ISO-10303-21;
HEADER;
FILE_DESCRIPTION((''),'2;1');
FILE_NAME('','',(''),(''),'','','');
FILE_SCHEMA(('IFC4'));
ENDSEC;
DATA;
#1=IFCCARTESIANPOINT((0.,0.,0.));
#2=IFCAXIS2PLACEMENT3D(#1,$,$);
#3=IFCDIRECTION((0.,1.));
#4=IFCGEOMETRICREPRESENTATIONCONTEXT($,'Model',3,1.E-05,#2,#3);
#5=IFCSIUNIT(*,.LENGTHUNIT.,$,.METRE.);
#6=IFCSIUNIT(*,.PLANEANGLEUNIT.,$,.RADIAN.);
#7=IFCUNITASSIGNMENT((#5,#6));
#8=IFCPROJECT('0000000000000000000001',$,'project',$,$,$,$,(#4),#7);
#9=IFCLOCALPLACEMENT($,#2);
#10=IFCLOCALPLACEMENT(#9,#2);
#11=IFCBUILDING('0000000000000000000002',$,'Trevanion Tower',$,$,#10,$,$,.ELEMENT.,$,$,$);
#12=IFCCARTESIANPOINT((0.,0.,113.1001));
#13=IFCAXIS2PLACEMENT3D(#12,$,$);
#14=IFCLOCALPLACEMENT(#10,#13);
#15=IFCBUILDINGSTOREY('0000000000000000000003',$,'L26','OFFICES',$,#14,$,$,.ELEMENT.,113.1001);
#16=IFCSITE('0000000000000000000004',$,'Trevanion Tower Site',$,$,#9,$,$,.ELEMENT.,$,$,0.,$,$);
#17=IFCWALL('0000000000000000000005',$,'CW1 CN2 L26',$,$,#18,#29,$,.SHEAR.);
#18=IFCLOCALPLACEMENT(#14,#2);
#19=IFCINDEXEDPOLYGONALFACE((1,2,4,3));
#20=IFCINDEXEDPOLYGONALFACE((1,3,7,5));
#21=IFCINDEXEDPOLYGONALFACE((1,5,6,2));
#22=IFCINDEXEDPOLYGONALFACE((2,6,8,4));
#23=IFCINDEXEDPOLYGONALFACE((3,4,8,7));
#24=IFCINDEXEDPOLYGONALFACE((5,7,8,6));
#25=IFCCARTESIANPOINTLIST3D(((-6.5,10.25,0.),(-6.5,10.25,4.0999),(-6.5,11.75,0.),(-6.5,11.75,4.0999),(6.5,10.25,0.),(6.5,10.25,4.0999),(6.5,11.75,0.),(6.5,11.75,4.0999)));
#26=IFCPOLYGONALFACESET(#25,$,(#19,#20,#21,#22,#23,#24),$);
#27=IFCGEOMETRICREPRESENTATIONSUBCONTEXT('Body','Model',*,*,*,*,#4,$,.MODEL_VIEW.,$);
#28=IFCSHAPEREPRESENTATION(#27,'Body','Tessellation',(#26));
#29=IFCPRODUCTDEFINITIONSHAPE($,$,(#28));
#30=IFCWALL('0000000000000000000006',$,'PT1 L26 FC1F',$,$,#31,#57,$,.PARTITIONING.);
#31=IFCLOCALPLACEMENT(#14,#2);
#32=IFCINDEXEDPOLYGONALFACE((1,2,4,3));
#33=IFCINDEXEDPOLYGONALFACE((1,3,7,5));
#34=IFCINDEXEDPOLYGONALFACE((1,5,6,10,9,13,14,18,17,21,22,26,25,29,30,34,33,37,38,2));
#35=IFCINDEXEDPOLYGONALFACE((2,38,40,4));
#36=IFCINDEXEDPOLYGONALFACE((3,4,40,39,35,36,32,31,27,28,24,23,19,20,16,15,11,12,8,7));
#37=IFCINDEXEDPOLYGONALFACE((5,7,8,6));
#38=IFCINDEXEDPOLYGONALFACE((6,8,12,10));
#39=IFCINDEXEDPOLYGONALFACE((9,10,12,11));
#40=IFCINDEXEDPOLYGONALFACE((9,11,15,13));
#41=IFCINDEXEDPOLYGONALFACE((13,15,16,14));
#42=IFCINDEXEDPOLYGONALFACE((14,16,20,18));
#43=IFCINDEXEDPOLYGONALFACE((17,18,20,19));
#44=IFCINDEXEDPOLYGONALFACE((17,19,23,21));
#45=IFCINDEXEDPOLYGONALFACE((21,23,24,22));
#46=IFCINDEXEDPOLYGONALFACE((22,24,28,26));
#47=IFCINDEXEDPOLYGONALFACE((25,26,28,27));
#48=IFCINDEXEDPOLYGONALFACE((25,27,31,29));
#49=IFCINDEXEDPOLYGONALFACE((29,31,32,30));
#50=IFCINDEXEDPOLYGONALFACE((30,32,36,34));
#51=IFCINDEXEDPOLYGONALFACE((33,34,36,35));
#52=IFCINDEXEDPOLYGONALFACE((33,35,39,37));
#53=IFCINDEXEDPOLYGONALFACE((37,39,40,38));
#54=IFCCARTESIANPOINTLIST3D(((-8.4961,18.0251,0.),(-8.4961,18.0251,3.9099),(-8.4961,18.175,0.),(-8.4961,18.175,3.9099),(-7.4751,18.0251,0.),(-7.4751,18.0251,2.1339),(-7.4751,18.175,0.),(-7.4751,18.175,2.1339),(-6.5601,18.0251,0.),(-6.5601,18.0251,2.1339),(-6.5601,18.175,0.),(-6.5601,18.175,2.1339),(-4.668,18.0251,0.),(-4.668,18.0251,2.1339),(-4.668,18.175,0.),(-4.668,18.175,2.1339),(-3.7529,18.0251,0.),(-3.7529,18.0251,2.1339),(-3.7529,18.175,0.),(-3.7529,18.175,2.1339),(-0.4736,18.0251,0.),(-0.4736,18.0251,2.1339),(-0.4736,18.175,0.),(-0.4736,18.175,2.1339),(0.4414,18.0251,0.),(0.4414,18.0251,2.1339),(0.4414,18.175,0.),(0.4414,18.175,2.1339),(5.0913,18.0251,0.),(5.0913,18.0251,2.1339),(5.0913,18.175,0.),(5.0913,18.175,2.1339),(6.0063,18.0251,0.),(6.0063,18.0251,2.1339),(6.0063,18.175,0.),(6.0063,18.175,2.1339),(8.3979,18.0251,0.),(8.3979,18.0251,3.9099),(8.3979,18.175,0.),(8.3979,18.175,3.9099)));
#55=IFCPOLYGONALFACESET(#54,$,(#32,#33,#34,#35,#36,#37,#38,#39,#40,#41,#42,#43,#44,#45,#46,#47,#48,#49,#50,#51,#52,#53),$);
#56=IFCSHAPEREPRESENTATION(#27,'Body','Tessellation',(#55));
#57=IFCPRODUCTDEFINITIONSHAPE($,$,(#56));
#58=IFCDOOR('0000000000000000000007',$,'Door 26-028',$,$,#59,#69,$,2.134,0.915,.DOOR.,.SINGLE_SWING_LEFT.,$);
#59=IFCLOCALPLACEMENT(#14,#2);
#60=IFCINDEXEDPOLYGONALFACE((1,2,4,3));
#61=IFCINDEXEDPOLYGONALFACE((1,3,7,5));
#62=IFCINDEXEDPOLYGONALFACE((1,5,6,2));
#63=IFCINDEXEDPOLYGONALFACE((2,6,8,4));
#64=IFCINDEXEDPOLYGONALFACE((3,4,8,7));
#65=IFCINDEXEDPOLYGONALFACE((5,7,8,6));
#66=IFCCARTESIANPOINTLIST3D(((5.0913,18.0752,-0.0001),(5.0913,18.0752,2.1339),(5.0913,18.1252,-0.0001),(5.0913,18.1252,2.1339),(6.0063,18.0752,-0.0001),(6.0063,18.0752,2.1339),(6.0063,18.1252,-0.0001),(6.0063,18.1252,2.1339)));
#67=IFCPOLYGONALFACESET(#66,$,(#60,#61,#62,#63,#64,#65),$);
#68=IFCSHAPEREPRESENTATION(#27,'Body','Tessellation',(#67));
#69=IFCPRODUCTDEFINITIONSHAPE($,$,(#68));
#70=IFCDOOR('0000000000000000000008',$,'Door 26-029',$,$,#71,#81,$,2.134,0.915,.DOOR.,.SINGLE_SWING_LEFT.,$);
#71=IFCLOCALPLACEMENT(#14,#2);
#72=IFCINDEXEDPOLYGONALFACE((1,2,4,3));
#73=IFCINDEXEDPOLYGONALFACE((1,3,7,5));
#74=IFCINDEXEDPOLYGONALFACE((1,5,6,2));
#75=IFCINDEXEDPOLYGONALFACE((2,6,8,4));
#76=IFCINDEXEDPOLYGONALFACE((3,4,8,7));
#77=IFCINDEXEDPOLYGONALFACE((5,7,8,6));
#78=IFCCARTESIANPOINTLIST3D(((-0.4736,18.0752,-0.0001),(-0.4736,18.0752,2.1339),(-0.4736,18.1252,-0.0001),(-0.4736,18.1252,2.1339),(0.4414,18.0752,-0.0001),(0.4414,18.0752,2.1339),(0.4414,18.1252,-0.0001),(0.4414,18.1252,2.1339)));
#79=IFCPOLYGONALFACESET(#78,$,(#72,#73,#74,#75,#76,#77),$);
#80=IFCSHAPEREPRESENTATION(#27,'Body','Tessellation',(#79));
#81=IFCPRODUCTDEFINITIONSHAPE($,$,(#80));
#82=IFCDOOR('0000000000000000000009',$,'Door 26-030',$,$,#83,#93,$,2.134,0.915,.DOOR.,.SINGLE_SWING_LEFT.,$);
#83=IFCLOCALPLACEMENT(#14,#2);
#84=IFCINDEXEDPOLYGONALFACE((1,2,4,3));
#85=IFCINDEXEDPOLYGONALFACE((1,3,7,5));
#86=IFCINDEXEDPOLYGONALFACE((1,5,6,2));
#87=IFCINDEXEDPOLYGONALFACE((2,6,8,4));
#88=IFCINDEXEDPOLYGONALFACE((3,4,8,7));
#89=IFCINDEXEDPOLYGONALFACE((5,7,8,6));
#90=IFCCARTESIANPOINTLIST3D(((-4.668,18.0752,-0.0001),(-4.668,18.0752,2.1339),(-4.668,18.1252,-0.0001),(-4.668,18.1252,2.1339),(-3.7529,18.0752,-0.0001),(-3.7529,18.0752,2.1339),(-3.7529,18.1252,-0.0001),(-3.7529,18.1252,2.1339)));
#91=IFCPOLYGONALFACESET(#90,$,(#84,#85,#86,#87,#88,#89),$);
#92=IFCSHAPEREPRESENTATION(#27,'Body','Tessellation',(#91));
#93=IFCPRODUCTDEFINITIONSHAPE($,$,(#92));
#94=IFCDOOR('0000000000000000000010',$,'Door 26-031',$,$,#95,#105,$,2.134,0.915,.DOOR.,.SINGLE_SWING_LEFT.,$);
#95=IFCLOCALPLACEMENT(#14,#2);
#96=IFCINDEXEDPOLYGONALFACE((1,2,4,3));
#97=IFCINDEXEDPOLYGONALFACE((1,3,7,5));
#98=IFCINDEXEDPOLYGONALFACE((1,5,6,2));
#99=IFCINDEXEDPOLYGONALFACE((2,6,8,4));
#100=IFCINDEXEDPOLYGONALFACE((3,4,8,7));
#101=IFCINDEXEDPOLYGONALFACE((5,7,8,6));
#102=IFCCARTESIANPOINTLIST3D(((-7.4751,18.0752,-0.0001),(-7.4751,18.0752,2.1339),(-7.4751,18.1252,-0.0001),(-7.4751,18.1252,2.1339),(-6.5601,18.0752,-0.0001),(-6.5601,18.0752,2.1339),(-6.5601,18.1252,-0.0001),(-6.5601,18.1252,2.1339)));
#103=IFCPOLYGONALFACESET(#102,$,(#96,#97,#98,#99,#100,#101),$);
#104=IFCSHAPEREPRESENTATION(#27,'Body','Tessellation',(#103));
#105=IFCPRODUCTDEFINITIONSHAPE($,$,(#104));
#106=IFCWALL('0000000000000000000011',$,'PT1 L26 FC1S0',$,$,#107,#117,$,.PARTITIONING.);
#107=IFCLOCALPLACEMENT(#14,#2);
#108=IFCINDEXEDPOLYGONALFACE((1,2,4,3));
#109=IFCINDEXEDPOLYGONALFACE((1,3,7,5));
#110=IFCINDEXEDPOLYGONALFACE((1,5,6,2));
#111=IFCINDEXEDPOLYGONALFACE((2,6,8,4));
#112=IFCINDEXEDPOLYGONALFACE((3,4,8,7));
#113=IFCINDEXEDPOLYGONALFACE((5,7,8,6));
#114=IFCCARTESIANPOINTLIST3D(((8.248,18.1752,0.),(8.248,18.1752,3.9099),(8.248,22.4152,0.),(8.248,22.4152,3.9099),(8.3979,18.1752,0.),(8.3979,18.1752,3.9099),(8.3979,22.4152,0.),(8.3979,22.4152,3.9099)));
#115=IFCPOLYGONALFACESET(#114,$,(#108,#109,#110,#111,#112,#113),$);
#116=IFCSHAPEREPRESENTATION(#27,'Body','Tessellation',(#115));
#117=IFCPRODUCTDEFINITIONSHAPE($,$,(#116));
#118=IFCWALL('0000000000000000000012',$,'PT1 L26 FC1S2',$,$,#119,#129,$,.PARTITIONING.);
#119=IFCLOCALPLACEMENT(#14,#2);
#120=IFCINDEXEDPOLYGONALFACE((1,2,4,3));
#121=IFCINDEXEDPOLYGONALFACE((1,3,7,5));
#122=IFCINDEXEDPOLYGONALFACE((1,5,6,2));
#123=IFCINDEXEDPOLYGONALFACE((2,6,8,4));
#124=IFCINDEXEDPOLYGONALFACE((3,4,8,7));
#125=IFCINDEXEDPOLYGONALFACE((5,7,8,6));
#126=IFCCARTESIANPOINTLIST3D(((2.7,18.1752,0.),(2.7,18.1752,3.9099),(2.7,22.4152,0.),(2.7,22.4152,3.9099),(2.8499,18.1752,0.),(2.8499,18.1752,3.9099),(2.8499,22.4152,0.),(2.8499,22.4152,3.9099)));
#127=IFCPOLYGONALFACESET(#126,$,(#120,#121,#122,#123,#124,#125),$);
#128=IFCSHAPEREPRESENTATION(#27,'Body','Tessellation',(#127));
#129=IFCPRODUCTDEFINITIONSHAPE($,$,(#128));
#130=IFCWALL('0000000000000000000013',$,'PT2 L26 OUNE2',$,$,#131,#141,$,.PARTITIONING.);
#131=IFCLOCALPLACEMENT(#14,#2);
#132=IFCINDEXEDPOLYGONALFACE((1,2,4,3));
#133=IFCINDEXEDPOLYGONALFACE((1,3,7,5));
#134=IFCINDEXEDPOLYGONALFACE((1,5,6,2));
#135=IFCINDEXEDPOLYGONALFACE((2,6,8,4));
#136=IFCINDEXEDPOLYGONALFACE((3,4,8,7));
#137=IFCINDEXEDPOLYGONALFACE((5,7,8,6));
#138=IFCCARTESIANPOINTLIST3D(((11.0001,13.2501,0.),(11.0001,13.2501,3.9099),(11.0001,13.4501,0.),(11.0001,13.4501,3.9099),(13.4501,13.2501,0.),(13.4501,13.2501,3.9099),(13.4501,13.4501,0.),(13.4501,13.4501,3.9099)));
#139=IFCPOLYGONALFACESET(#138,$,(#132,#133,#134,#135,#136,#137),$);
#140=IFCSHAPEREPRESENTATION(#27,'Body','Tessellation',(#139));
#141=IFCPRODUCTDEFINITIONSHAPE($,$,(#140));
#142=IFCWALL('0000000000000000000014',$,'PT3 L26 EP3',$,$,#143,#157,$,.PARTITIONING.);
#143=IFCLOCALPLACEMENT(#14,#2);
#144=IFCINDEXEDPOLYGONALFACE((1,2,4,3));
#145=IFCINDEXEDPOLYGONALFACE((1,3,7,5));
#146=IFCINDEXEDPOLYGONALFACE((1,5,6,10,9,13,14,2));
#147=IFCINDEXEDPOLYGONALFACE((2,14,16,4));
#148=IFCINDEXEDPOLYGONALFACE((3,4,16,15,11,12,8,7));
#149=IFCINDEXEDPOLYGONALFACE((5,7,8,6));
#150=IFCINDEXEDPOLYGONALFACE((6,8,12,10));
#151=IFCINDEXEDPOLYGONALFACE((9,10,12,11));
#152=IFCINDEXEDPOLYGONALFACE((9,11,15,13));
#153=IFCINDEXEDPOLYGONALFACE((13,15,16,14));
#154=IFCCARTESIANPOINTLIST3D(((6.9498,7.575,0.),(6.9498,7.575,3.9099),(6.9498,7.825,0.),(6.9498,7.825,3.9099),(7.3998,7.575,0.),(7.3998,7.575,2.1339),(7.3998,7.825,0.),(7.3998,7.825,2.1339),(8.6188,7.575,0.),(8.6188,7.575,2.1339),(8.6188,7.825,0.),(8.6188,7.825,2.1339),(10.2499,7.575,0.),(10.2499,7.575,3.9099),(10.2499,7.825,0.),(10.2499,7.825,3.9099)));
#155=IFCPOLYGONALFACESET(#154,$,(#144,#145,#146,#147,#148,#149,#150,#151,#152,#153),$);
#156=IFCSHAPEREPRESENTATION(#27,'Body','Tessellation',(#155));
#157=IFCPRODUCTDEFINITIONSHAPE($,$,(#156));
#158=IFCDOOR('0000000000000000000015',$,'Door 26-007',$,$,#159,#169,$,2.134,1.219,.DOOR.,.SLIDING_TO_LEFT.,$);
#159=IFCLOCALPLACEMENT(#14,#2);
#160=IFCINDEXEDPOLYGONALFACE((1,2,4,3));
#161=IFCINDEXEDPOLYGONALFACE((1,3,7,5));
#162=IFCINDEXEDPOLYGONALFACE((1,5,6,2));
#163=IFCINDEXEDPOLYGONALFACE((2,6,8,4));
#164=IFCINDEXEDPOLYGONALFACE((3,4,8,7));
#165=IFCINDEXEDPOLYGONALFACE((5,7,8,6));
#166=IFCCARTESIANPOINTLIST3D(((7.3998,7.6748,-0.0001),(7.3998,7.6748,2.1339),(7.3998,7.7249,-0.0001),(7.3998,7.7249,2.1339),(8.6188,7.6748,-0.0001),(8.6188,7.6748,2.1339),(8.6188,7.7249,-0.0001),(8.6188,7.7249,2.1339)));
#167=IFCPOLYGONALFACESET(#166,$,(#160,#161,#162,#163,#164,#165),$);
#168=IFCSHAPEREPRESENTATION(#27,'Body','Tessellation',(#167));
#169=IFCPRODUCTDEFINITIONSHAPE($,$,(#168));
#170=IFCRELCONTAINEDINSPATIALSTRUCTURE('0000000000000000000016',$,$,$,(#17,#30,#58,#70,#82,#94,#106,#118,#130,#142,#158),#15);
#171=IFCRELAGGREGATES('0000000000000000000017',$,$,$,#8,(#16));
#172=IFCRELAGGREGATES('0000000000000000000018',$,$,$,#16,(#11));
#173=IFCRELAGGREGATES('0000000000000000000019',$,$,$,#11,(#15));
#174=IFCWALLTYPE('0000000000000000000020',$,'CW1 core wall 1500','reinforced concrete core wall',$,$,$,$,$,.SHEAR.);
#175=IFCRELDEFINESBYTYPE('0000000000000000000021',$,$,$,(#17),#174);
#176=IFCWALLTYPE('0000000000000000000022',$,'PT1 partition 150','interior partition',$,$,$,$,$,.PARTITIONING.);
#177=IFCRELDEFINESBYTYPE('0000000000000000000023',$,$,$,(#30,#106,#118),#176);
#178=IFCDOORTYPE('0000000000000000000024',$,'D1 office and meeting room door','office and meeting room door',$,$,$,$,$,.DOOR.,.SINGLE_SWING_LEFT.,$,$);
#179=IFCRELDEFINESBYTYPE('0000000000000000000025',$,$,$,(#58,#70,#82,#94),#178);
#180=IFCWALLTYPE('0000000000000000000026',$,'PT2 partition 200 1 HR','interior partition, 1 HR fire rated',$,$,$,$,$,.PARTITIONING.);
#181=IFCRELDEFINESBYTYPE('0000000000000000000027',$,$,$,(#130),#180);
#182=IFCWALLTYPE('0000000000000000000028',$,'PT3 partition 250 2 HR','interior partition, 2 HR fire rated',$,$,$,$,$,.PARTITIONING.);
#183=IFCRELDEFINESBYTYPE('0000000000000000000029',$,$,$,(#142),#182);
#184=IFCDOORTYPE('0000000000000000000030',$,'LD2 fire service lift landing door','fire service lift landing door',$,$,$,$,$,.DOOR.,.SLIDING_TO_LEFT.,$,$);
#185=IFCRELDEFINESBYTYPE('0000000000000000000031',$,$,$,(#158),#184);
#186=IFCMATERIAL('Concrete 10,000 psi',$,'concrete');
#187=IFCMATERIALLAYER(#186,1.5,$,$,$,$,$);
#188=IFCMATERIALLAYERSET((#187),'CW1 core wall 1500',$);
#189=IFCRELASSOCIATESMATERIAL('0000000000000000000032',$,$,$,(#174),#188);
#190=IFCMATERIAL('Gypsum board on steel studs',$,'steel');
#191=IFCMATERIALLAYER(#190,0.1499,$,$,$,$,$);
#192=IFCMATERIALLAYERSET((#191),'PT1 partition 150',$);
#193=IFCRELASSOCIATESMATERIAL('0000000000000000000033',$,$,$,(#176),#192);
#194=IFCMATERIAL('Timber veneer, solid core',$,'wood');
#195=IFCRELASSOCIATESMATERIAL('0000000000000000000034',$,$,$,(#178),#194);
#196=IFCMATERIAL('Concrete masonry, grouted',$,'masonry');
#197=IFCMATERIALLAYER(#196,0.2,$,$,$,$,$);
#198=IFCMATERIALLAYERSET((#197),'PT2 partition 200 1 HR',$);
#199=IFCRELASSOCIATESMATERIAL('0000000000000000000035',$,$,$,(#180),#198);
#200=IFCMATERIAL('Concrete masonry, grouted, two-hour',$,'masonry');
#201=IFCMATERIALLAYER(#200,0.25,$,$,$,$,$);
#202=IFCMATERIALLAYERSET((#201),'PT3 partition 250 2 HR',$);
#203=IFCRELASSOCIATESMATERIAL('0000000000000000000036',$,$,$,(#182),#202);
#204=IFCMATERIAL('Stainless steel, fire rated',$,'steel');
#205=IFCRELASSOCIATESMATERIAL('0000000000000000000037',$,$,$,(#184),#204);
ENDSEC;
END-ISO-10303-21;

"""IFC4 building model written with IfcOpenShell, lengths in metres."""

from ifc_helpers import new_model, si_unit, direction, frame, frame_2d, origin, place, context, subcontext, project, spatial, rectangle, extrude, material, layer, layer_set, type_object, element, fill, save


model = new_model("IFC4")

# Units and contexts
model_context = context("Model", 3, precision=1e-05, world=origin(), true_north=direction((0.0, 1.0)))
body_context = subcontext(model_context, "Body", "Model", "MODEL_VIEW")
ifc_project = project(units=[si_unit("LENGTHUNIT", "METRE"), si_unit("PLANEANGLEUNIT", "RADIAN")], contexts=[model_context])

# Site, building, storey
site_placement = place(None, origin())
site = spatial("IfcSite", under=ifc_project, at=site_placement, Name="Trevanion Tower Site", CompositionType="ELEMENT", RefElevation=0.0)
building_placement = place(site_placement, origin())
building = spatial("IfcBuilding", under=site, at=building_placement, Name="Trevanion Tower", CompositionType="ELEMENT")
storey_placement = place(building_placement, frame((0.0, 0.0, 113.1001)))
storey = spatial("IfcBuildingStorey", under=building, at=storey_placement, Name="L26", Description="OFFICES", CompositionType="ELEMENT", Elevation=113.1001)

# Wall
ifc_material_1 = material(Name="Concrete 10,000 psi", Category="concrete")
ifc_layer_1 = layer(ifc_material_1, 1.5)
ifc_layer_set_1 = layer_set([ifc_layer_1], Name="CW1 core wall 1500")
wall_type_1 = type_object("IfcWallType", Name="CW1 core wall 1500", Description="reinforced concrete core wall", PredefinedType="SHEAR", material=ifc_layer_set_1)
wall_1_placement = place(storey_placement, frame((6.5, 11.0, 0.0), z_axis=(0.0, 0.0, 1.0), x_axis=(-1.0, 0.0, 0.0)))
element("IfcWall", 1, at=wall_1_placement, inside=storey, type_object=wall_type_1, Name="CW1 CN2 L26", PredefinedType="SHEAR", context=body_context, shape_type="SweptSolid", body=[
    extrude(rectangle(XDim=13.0, YDim=1.5, at=frame_2d((6.5, 0.0))), origin(), (0.0, 0.0, 1.0), 4.0999),
])

# Wall, openings, doors
ifc_material_2 = material(Name="Gypsum board on steel studs", Category="steel")
ifc_layer_2 = layer(ifc_material_2, 0.1499)
ifc_layer_set_2 = layer_set([ifc_layer_2], Name="PT1 partition 150")
wall_type_2 = type_object("IfcWallType", Name="PT1 partition 150", Description="interior partition", PredefinedType="PARTITIONING", material=ifc_layer_set_2)
wall_2_placement = place(storey_placement, frame((8.3979, 18.1001, 0.0), z_axis=(0.0, 0.0, 1.0), x_axis=(-1.0, 0.0, 0.0)))
wall_2 = element("IfcWall", 2, at=wall_2_placement, inside=storey, type_object=wall_type_2, Name="PT1 L26 FC1F", PredefinedType="PARTITIONING", context=body_context, shape_type="SweptSolid", body=[
    extrude(rectangle(XDim=16.894, YDim=0.1499, at=frame_2d((8.447, 0.0))), origin(), (0.0, 0.0, 1.0), 3.9099),
])
opening_1_placement = place(wall_2_placement, frame((2.3916, 0.0, 0.0)))
opening_1 = element("IfcOpeningElement", 3, at=opening_1_placement, cuts=wall_2, PredefinedType="OPENING", context=body_context, shape_type="SweptSolid", body=[
    extrude(rectangle(XDim=0.915, YDim=2.134, at=frame_2d((0.4575, 1.0669))), frame((0.0, 0.085, 0.0), z_axis=(0.0, -1.0, 0.0), x_axis=(1.0, 0.0, 0.0)), (0.0, 0.0, 1.0), 0.1699),
])
opening_2_placement = place(wall_2_placement, frame((7.9565, 0.0, 0.0)))
opening_2 = element("IfcOpeningElement", 4, at=opening_2_placement, cuts=wall_2, PredefinedType="OPENING", context=body_context, shape_type="SweptSolid", body=[
    extrude(rectangle(XDim=0.915, YDim=2.134, at=frame_2d((0.4575, 1.0669))), frame((0.0, 0.085, 0.0), z_axis=(0.0, -1.0, 0.0), x_axis=(1.0, 0.0, 0.0)), (0.0, 0.0, 1.0), 0.1699),
])
opening_3_placement = place(wall_2_placement, frame((12.1509, 0.0, 0.0)))
opening_3 = element("IfcOpeningElement", 5, at=opening_3_placement, cuts=wall_2, PredefinedType="OPENING", context=body_context, shape_type="SweptSolid", body=[
    extrude(rectangle(XDim=0.915, YDim=2.134, at=frame_2d((0.4575, 1.0669))), frame((0.0, 0.085, 0.0), z_axis=(0.0, -1.0, 0.0), x_axis=(1.0, 0.0, 0.0)), (0.0, 0.0, 1.0), 0.1699),
])
opening_4_placement = place(wall_2_placement, frame((14.958, 0.0, 0.0)))
opening_4 = element("IfcOpeningElement", 6, at=opening_4_placement, cuts=wall_2, PredefinedType="OPENING", context=body_context, shape_type="SweptSolid", body=[
    extrude(rectangle(XDim=0.915, YDim=2.134, at=frame_2d((0.4575, 1.0669))), frame((0.0, 0.085, 0.0), z_axis=(0.0, -1.0, 0.0), x_axis=(1.0, 0.0, 0.0)), (0.0, 0.0, 1.0), 0.1699),
])
ifc_material_3 = material(Name="Timber veneer, solid core", Category="wood")
door_type_1 = type_object("IfcDoorType", Name="D1 office and meeting room door", Description="office and meeting room door", OperationType="SINGLE_SWING_LEFT", PredefinedType="DOOR", material=ifc_material_3)
door_1_placement = place(opening_1_placement, origin())
door_1 = element("IfcDoor", 7, at=door_1_placement, inside=storey, type_object=door_type_1, Name="Door 26-028", OperationType="SINGLE_SWING_LEFT", OverallHeight=2.134, OverallWidth=0.915, PredefinedType="DOOR", context=body_context, shape_type="SweptSolid", body=[
    extrude(rectangle(XDim=0.915, YDim=2.134, at=frame_2d((0.4575, 1.0669))), frame((0.0, 0.0249, 0.0), z_axis=(0.0, -1.0, 0.0), x_axis=(1.0, 0.0, 0.0)), (0.0, 0.0, 1.0), 0.05),
])
fill(opening_1, door_1)
door_2_placement = place(opening_2_placement, origin())
door_2 = element("IfcDoor", 8, at=door_2_placement, inside=storey, type_object=door_type_1, Name="Door 26-029", OperationType="SINGLE_SWING_LEFT", OverallHeight=2.134, OverallWidth=0.915, PredefinedType="DOOR", context=body_context, shape_type="SweptSolid", body=[
    extrude(rectangle(XDim=0.915, YDim=2.134, at=frame_2d((0.4575, 1.0669))), frame((0.0, 0.0249, 0.0), z_axis=(0.0, -1.0, 0.0), x_axis=(1.0, 0.0, 0.0)), (0.0, 0.0, 1.0), 0.05),
])
fill(opening_2, door_2)
door_3_placement = place(opening_3_placement, origin())
door_3 = element("IfcDoor", 9, at=door_3_placement, inside=storey, type_object=door_type_1, Name="Door 26-030", OperationType="SINGLE_SWING_LEFT", OverallHeight=2.134, OverallWidth=0.915, PredefinedType="DOOR", context=body_context, shape_type="SweptSolid", body=[
    extrude(rectangle(XDim=0.915, YDim=2.134, at=frame_2d((0.4575, 1.0669))), frame((0.0, 0.0249, 0.0), z_axis=(0.0, -1.0, 0.0), x_axis=(1.0, 0.0, 0.0)), (0.0, 0.0, 1.0), 0.05),
])
fill(opening_3, door_3)
door_4_placement = place(opening_4_placement, origin())
door_4 = element("IfcDoor", 10, at=door_4_placement, inside=storey, type_object=door_type_1, Name="Door 26-031", OperationType="SINGLE_SWING_LEFT", OverallHeight=2.134, OverallWidth=0.915, PredefinedType="DOOR", context=body_context, shape_type="SweptSolid", body=[
    extrude(rectangle(XDim=0.915, YDim=2.134, at=frame_2d((0.4575, 1.0669))), frame((0.0, 0.0249, 0.0), z_axis=(0.0, -1.0, 0.0), x_axis=(1.0, 0.0, 0.0)), (0.0, 0.0, 1.0), 0.05),
])
fill(opening_4, door_4)

# Walls
for number, where, z_axis, x_axis, name in (
    (11, (8.323, 18.175, 0.0), (0.0, 0.0, 1.0), (0.0, 1.0, 0.0), "PT1 L26 FC1S0"),
    (12, (2.7749, 18.175, 0.0), (0.0, 0.0, 1.0), (0.0, 1.0, 0.0), "PT1 L26 FC1S2"),
):
    element("IfcWall", number, at=place(storey_placement, frame(where, z_axis=z_axis, x_axis=x_axis)), inside=storey, type_object=wall_type_2, Name=name, PredefinedType="PARTITIONING", context=body_context, shape_type="SweptSolid", body=[
        extrude(rectangle(XDim=4.24, YDim=0.1499, at=frame_2d((2.1201, 0.0))), origin(), (0.0, 0.0, 1.0), 3.9099),
    ])
ifc_material_4 = material(Name="Concrete masonry, grouted", Category="masonry")
ifc_layer_3 = layer(ifc_material_4, 0.2)
ifc_layer_set_3 = layer_set([ifc_layer_3], Name="PT2 partition 200 1 HR")
wall_type_3 = type_object("IfcWallType", Name="PT2 partition 200 1 HR", Description="interior partition, 1 HR fire rated", PredefinedType="PARTITIONING", material=ifc_layer_set_3)
wall_3_placement = place(storey_placement, frame((11.0, 13.3501, 0.0), z_axis=(0.0, 0.0, 1.0), x_axis=(1.0, 0.0, 0.0)))
element("IfcWall", 13, at=wall_3_placement, inside=storey, type_object=wall_type_3, Name="PT2 L26 OUNE2", PredefinedType="PARTITIONING", context=body_context, shape_type="SweptSolid", body=[
    extrude(rectangle(XDim=2.45, YDim=0.2, at=frame_2d((1.2251, 0.0))), origin(), (0.0, 0.0, 1.0), 3.9099),
])

# Wall, opening, door
ifc_material_5 = material(Name="Concrete masonry, grouted, two-hour", Category="masonry")
ifc_layer_4 = layer(ifc_material_5, 0.25)
ifc_layer_set_4 = layer_set([ifc_layer_4], Name="PT3 partition 250 2 HR")
wall_type_4 = type_object("IfcWallType", Name="PT3 partition 250 2 HR", Description="interior partition, 2 HR fire rated", PredefinedType="PARTITIONING", material=ifc_layer_set_4)
wall_4_placement = place(storey_placement, frame((6.95, 7.7, 0.0), z_axis=(0.0, 0.0, 1.0), x_axis=(1.0, 0.0, 0.0)))
wall_4 = element("IfcWall", 14, at=wall_4_placement, inside=storey, type_object=wall_type_4, Name="PT3 L26 EP3", PredefinedType="PARTITIONING", context=body_context, shape_type="SweptSolid", body=[
    extrude(rectangle(XDim=3.3, YDim=0.25, at=frame_2d((1.6499, 0.0))), origin(), (0.0, 0.0, 1.0), 3.9099),
])
opening_5_placement = place(wall_4_placement, frame((0.45, 0.0, 0.0)))
opening_5 = element("IfcOpeningElement", 15, at=opening_5_placement, cuts=wall_4, PredefinedType="OPENING", context=body_context, shape_type="SweptSolid", body=[
    extrude(rectangle(XDim=1.219, YDim=2.134, at=frame_2d((0.6094, 1.0669))), frame((0.0, 0.135, 0.0), z_axis=(0.0, -1.0, 0.0), x_axis=(1.0, 0.0, 0.0)), (0.0, 0.0, 1.0), 0.27),
])
ifc_material_6 = material(Name="Stainless steel, fire rated", Category="steel")
door_type_2 = type_object("IfcDoorType", Name="LD2 fire service lift landing door", Description="fire service lift landing door", OperationType="SLIDING_TO_LEFT", PredefinedType="DOOR", material=ifc_material_6)
door_5_placement = place(opening_5_placement, origin())
door_5 = element("IfcDoor", 16, at=door_5_placement, inside=storey, type_object=door_type_2, Name="Door 26-007", OperationType="SLIDING_TO_LEFT", OverallHeight=2.134, OverallWidth=1.219, PredefinedType="DOOR", context=body_context, shape_type="SweptSolid", body=[
    extrude(rectangle(XDim=1.219, YDim=2.134, at=frame_2d((0.6094, 1.0669))), frame((0.0, 0.0249, 0.0), z_axis=(0.0, -1.0, 0.0), x_axis=(1.0, 0.0, 0.0)), (0.0, 0.0, 1.0), 0.05),
])
fill(opening_5, door_5)

save(model, "model.ifc")
